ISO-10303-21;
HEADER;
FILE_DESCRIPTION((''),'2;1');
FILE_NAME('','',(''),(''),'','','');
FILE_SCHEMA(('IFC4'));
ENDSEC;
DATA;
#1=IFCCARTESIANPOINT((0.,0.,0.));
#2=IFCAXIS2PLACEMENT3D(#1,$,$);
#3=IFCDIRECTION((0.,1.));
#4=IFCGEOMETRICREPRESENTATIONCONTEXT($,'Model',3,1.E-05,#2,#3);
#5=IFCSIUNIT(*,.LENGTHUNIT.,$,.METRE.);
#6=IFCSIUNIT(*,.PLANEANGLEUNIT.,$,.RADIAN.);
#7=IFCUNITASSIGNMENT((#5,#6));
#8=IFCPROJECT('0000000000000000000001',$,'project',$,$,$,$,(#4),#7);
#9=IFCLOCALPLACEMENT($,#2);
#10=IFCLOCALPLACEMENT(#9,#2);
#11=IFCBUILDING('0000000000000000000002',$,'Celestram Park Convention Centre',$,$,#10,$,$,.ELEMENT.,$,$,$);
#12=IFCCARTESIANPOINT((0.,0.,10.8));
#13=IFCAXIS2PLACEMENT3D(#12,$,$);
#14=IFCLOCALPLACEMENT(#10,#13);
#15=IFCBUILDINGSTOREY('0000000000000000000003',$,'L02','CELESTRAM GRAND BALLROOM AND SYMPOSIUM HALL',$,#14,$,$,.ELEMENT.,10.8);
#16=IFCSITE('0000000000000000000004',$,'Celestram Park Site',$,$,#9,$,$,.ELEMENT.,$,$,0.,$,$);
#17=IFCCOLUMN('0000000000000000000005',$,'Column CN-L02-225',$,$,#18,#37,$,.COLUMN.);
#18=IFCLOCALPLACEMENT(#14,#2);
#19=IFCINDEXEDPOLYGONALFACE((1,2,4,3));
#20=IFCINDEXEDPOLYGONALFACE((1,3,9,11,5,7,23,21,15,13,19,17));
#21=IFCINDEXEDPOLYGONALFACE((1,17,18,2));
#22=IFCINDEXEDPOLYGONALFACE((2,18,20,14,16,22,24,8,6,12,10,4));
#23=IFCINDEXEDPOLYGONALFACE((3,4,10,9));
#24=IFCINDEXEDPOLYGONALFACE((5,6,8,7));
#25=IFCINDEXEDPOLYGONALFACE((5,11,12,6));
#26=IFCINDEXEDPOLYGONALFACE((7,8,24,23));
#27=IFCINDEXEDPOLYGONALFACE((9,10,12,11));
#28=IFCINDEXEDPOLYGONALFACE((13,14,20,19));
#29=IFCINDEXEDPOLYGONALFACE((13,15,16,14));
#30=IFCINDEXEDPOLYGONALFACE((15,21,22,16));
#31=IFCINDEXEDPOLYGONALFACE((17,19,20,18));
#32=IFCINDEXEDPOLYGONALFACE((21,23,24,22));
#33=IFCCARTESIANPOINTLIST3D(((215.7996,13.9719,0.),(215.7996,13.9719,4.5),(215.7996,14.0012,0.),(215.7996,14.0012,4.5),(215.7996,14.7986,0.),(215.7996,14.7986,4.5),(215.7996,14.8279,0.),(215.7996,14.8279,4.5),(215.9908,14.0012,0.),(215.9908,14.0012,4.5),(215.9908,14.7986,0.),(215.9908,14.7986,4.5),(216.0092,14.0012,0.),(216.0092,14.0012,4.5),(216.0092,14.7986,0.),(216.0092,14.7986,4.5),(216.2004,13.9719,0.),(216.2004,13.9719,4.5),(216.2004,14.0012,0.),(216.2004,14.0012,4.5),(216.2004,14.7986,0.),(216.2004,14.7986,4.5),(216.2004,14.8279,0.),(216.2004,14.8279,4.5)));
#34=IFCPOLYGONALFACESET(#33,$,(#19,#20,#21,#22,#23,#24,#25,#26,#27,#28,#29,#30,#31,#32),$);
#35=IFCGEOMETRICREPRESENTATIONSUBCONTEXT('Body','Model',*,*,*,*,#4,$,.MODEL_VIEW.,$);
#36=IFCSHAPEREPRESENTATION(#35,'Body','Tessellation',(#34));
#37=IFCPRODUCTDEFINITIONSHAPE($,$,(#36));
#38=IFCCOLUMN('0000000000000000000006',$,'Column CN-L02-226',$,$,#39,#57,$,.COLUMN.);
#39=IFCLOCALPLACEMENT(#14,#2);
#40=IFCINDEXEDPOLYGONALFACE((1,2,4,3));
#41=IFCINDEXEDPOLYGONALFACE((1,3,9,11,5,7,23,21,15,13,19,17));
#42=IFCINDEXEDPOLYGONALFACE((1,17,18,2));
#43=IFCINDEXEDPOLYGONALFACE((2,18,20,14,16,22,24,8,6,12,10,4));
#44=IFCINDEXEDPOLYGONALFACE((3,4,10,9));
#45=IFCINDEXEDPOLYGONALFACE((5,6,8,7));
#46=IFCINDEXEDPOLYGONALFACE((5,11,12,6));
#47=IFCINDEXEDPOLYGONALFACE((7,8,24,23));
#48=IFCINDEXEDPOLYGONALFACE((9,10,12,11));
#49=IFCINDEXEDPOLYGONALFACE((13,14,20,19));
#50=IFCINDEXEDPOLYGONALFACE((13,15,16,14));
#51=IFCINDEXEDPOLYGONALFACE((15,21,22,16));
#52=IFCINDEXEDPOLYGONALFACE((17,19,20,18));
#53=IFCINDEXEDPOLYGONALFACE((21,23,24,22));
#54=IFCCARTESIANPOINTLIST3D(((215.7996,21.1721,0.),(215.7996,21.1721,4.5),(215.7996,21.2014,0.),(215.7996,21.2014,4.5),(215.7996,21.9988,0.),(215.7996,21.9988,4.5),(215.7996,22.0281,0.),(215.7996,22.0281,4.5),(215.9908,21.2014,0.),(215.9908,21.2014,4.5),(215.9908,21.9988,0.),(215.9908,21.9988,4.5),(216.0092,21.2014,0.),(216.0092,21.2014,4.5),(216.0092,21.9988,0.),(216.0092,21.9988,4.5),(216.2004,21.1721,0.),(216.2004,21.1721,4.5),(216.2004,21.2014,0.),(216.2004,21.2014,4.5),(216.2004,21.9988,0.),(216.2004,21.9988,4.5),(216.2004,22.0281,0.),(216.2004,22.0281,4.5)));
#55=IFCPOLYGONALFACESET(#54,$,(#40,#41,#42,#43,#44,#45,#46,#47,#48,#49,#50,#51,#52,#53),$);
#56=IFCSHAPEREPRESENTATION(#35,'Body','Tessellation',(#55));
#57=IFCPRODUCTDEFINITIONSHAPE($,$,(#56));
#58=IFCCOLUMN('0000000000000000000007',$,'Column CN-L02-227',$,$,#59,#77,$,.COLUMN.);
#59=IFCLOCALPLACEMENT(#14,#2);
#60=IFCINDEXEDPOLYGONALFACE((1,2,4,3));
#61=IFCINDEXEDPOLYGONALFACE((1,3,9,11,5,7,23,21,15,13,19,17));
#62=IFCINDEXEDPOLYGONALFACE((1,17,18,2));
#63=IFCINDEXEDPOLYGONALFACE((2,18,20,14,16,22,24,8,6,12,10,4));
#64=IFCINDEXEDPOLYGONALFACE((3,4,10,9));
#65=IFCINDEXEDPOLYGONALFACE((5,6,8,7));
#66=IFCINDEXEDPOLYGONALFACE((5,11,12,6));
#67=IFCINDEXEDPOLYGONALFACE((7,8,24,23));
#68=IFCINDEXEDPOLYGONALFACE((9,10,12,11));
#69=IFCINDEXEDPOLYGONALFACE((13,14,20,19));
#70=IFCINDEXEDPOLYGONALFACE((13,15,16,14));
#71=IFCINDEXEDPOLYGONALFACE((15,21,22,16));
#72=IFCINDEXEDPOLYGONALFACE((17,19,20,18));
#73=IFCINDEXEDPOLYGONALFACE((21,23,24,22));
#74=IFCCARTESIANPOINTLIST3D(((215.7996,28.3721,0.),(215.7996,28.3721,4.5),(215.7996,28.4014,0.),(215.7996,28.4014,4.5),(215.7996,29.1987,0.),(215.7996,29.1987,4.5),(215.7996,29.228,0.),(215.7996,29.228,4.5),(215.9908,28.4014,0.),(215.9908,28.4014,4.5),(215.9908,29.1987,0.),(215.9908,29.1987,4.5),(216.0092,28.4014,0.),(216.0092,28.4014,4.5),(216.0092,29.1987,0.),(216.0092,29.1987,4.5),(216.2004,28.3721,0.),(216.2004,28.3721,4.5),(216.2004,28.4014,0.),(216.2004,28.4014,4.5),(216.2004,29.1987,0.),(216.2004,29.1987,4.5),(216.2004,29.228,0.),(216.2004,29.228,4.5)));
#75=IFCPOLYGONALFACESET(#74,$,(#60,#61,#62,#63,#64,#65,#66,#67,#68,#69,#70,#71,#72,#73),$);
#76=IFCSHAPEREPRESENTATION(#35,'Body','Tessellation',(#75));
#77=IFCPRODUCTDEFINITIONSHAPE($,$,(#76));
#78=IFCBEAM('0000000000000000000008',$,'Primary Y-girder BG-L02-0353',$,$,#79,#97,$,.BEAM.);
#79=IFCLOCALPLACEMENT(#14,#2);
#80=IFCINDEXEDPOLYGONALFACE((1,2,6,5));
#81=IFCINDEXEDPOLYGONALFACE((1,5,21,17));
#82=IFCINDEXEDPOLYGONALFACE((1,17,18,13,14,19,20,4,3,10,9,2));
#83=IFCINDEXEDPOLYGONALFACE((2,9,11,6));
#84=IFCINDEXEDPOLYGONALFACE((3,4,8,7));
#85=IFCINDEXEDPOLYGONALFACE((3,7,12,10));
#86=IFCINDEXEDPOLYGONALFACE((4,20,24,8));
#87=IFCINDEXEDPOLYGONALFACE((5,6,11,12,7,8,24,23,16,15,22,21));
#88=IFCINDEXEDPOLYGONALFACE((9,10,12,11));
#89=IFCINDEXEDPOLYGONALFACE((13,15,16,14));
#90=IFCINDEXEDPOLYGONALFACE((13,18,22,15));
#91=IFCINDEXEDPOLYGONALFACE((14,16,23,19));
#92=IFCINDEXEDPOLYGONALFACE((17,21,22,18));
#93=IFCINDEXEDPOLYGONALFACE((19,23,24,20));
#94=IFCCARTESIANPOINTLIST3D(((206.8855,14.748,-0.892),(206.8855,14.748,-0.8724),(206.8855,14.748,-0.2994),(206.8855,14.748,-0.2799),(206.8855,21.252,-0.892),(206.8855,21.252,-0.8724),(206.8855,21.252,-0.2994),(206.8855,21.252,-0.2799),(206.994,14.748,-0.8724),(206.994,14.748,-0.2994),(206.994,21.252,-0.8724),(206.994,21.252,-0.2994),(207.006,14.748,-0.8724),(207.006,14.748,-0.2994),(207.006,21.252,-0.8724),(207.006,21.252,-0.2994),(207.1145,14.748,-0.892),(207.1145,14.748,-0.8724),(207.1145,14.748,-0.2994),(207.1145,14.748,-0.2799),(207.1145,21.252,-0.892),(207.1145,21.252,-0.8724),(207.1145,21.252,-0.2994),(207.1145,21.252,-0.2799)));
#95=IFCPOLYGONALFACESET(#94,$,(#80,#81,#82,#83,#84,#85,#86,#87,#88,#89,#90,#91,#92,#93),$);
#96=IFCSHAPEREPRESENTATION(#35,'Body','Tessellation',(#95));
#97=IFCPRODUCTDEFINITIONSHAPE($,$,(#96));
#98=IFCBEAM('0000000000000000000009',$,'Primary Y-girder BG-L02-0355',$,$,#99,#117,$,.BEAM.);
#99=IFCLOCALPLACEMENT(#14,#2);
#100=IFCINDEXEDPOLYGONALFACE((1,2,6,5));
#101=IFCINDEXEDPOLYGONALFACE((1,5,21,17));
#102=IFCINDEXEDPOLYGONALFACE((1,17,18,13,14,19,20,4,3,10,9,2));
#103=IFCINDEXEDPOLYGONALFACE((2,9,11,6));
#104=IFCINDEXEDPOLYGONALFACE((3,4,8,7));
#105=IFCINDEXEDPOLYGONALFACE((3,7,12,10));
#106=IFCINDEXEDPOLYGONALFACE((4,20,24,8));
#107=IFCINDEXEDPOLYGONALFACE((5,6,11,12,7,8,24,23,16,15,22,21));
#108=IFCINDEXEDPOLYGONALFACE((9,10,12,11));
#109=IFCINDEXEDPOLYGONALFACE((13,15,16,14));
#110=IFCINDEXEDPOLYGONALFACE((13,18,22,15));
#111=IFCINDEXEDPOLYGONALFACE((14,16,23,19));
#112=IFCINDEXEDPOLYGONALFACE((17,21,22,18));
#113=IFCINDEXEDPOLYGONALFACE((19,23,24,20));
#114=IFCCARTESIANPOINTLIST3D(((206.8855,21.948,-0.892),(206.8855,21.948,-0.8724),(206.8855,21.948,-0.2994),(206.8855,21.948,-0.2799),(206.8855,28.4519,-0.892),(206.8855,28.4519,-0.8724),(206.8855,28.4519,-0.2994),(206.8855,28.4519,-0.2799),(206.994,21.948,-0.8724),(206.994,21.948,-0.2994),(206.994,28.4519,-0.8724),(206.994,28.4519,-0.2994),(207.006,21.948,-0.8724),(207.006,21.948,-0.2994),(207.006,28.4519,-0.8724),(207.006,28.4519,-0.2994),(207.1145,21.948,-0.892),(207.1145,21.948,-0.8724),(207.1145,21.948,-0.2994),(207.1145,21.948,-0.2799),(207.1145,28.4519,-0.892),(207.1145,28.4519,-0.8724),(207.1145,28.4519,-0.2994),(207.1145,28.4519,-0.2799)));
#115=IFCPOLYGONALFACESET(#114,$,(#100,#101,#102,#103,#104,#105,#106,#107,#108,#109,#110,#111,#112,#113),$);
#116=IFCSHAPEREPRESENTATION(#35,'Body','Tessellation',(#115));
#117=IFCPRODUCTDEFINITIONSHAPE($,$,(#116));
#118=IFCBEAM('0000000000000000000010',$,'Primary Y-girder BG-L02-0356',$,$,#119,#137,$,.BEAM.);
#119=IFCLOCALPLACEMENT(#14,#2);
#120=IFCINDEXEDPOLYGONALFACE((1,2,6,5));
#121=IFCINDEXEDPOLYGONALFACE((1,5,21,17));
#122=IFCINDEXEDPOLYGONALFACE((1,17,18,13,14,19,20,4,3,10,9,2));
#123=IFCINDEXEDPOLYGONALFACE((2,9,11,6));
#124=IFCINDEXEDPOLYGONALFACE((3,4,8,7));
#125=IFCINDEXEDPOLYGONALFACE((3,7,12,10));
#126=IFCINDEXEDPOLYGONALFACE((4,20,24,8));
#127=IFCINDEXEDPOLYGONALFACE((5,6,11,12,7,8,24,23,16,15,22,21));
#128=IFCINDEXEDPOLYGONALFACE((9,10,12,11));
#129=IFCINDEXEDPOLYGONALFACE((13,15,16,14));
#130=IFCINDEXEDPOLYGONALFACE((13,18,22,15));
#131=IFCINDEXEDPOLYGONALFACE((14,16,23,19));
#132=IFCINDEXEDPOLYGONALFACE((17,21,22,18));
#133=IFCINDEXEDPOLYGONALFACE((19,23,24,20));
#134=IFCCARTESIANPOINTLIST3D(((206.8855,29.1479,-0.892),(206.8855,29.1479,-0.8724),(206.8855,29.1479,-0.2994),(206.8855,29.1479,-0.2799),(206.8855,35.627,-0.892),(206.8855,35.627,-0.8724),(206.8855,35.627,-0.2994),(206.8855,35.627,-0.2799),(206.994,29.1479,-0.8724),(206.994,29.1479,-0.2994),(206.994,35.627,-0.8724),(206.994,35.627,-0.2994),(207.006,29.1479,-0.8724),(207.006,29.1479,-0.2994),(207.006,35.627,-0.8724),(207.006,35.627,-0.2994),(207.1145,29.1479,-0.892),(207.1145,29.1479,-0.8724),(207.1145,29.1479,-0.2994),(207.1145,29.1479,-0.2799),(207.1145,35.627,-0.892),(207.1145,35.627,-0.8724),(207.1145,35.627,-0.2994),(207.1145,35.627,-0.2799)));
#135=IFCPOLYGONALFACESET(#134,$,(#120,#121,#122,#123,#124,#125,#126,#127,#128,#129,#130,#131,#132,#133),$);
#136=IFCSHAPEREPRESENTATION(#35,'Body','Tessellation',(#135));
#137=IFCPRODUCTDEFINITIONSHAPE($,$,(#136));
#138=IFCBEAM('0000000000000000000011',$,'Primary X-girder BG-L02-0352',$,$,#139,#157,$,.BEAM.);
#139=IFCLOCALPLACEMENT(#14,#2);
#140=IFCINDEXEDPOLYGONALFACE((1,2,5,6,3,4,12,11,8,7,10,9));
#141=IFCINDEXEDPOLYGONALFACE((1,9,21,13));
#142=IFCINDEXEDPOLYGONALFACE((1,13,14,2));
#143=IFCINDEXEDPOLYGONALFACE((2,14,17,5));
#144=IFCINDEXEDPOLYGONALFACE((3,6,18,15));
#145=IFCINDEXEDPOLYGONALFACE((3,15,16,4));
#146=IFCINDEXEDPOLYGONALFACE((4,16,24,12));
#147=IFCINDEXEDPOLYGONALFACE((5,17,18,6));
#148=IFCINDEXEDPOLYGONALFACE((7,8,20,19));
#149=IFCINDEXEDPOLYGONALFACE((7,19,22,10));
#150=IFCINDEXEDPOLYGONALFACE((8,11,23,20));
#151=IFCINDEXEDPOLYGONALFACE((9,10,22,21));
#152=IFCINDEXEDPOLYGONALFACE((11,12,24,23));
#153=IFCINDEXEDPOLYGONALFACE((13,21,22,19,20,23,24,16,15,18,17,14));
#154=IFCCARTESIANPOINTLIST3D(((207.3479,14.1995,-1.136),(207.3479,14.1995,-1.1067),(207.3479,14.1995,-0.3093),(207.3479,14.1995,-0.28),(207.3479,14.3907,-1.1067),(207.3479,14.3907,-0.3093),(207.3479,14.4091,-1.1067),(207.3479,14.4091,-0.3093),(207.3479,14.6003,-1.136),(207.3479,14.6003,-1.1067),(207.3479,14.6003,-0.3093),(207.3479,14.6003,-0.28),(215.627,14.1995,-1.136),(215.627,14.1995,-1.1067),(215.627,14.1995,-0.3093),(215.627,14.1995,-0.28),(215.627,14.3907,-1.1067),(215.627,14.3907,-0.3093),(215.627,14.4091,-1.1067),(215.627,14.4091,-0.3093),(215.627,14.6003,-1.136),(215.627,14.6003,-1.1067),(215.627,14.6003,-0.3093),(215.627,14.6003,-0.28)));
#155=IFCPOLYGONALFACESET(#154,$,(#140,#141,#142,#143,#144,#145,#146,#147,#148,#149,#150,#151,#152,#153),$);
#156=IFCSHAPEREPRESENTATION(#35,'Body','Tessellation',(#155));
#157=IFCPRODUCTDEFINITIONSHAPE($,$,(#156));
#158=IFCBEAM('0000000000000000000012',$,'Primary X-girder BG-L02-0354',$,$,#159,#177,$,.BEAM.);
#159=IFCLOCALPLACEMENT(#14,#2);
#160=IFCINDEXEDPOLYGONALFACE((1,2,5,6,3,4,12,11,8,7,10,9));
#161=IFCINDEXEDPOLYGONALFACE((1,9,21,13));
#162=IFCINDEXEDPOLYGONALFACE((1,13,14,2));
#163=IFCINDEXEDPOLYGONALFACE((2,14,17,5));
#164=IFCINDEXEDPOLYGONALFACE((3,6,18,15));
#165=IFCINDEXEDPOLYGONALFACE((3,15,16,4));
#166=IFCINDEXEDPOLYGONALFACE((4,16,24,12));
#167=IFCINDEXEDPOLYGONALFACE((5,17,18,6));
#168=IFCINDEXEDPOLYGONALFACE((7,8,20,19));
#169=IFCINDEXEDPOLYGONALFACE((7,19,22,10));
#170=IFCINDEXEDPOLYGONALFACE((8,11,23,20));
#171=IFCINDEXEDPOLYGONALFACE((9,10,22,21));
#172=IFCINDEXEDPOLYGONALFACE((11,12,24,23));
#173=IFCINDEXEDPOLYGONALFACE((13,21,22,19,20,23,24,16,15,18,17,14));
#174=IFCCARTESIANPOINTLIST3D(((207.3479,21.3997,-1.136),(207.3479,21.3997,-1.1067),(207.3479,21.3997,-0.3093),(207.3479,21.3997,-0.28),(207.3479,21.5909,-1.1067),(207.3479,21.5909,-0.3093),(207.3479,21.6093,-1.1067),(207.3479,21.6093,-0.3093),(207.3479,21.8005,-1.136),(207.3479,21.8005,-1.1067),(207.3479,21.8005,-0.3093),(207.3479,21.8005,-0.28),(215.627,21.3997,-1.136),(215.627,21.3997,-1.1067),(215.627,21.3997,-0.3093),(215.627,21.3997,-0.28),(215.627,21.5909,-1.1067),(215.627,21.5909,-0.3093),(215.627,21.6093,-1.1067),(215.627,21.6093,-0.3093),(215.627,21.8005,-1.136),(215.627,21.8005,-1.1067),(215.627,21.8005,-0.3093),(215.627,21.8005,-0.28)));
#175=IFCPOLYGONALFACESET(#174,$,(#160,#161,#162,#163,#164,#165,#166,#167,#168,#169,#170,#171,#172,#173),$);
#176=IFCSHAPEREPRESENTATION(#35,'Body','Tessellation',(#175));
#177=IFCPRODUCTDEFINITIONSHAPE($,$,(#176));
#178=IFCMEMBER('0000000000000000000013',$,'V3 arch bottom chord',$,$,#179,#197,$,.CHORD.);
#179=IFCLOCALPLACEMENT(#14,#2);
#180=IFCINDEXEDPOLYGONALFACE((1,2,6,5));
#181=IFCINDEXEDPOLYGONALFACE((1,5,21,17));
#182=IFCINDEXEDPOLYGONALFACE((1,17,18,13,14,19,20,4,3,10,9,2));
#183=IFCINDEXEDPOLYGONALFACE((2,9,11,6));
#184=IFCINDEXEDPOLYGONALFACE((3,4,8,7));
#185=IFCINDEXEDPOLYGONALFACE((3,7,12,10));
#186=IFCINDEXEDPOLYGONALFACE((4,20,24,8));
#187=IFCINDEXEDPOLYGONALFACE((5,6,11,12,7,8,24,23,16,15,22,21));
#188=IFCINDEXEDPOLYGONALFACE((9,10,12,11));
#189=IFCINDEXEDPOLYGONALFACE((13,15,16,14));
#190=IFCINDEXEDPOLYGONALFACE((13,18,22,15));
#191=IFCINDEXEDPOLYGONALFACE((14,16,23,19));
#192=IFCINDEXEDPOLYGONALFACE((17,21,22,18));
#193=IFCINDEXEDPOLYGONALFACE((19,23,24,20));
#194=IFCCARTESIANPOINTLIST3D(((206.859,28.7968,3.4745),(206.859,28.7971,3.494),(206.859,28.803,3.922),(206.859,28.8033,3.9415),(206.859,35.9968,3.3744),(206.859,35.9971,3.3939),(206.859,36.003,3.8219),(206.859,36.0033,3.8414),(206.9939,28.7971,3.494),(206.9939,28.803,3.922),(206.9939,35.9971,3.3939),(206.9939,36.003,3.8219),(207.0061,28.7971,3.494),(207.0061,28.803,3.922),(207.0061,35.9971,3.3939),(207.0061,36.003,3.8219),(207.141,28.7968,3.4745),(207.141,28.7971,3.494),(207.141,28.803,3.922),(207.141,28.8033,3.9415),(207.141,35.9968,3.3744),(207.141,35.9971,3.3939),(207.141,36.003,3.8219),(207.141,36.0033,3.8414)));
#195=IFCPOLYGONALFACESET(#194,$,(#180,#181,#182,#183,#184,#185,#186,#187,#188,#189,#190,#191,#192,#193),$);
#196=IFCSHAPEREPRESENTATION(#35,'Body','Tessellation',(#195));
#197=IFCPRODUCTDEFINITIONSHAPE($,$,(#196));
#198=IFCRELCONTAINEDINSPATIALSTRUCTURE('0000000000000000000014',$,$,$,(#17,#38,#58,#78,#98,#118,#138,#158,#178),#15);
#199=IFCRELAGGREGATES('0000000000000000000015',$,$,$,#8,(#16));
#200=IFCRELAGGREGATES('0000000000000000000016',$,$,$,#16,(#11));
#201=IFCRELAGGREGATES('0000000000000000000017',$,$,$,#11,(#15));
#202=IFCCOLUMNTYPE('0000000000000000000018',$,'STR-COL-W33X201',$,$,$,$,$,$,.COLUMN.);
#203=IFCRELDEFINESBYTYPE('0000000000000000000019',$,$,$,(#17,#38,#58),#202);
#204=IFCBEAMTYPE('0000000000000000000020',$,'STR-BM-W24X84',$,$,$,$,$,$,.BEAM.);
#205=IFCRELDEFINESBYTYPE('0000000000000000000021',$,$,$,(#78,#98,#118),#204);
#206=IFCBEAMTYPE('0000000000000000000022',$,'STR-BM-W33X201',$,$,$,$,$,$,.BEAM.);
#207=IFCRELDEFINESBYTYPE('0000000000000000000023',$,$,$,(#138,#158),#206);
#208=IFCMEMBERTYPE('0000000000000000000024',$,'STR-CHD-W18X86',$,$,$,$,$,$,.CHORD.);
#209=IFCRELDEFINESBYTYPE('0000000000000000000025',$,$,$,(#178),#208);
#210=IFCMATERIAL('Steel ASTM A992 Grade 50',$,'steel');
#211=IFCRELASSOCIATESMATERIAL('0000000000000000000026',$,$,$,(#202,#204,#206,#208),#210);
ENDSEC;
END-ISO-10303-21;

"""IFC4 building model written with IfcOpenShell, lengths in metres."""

from ifc_helpers import new_model, si_unit, direction, frame, origin, origin_2d, place, context, subcontext, project, spatial, i_section, extrude, material, material_profile, profile_set, type_object, element, save


model = new_model("IFC4")

# Units and contexts
model_context = context("Model", 3, precision=1e-05, world=origin(), true_north=direction((0.0, 1.0)))
body_context = subcontext(model_context, "Body", "Model", "MODEL_VIEW")
ifc_project = project(units=[si_unit("LENGTHUNIT", "METRE"), si_unit("PLANEANGLEUNIT", "RADIAN")], contexts=[model_context])

# Site, building, storey
site_placement = place(None, origin())
site = spatial("IfcSite", under=ifc_project, at=site_placement, Name="Celestram Park Site", CompositionType="ELEMENT", RefElevation=0.0)
building_placement = place(site_placement, origin())
building = spatial("IfcBuilding", under=site, at=building_placement, Name="Celestram Park Convention Centre", CompositionType="ELEMENT")
storey_placement = place(building_placement, frame((0.0, 0.0, 10.8)))
storey = spatial("IfcBuildingStorey", under=building, at=storey_placement, Name="L02", Description="CELESTRAM GRAND BALLROOM AND SYMPOSIUM HALL", CompositionType="ELEMENT", Elevation=10.8)

# Columns
ifc_material_1 = material(Name="Steel ASTM A992 Grade 50", Category="steel")
ifc_material_profile_1 = material_profile(ifc_material_1, i_section(OverallWidth=0.4009, OverallDepth=0.856, WebThickness=0.0183, FlangeThickness=0.0293, at=origin_2d()), Name="W33X201")
ifc_profile_set_1 = profile_set([ifc_material_profile_1], Name="Steel ASTM A992 Grade 50")
column_type = type_object("IfcColumnType", Name="STR-COL-W33X201", PredefinedType="COLUMN", material=ifc_profile_set_1)
for number, where, z_axis, x_axis, name in (
    (1, (216.0, 14.3999, 0.0), (0.0, 0.0, 1.0), (1.0, 0.0, 0.0), "Column CN-L02-225"),
    (2, (216.0, 21.6001, 0.0), (0.0, 0.0, 1.0), (1.0, 0.0, 0.0), "Column CN-L02-226"),
    (3, (216.0, 28.8, 0.0), (0.0, 0.0, 1.0), (1.0, 0.0, 0.0), "Column CN-L02-227"),
):
    element("IfcColumn", number, at=place(storey_placement, frame(where, z_axis=z_axis, x_axis=x_axis)), inside=storey, type_object=column_type, Name=name, PredefinedType="COLUMN", context=body_context, shape_type="SweptSolid", body=[
        extrude(i_section(OverallWidth=0.4009, OverallDepth=0.856, WebThickness=0.0183, FlangeThickness=0.0293, at=origin_2d()), origin(), (0.0, 0.0, 1.0), 4.5),
    ])

# Beams
ifc_material_profile_2 = material_profile(ifc_material_1, i_section(OverallWidth=0.229, OverallDepth=0.6121, WebThickness=0.012, FlangeThickness=0.0195, at=origin_2d()), Name="W24X84")
ifc_profile_set_2 = profile_set([ifc_material_profile_2], Name="Steel ASTM A992 Grade 50")
beam_type_1 = type_object("IfcBeamType", Name="STR-BM-W24X84", PredefinedType="BEAM", material=ifc_profile_set_2)
for number, where, z_axis, x_axis, name in (
    (4, (207.0, 14.748, -0.5859), (0.0, 1.0, 0.0), (-1.0, 0.0, 0.0), "Primary Y-girder BG-L02-0353"),
    (5, (207.0, 21.948, -0.5859), (0.0, 1.0, 0.0), (-1.0, 0.0, 0.0), "Primary Y-girder BG-L02-0355"),
):
    element("IfcBeam", number, at=place(storey_placement, frame(where, z_axis=z_axis, x_axis=x_axis)), inside=storey, type_object=beam_type_1, Name=name, PredefinedType="BEAM", context=body_context, shape_type="SweptSolid", body=[
        extrude(i_section(OverallWidth=0.229, OverallDepth=0.6121, WebThickness=0.012, FlangeThickness=0.0195, at=origin_2d()), origin(), (0.0, 0.0, 1.0), 6.5039),
    ])
beam_1_placement = place(storey_placement, frame((207.0, 29.1479, -0.5859), z_axis=(0.0, 1.0, 0.0), x_axis=(-1.0, 0.0, 0.0)))
element("IfcBeam", 6, at=beam_1_placement, inside=storey, type_object=beam_type_1, Name="Primary Y-girder BG-L02-0356", PredefinedType="BEAM", context=body_context, shape_type="SweptSolid", body=[
    extrude(i_section(OverallWidth=0.229, OverallDepth=0.6121, WebThickness=0.012, FlangeThickness=0.0195, at=origin_2d()), origin(), (0.0, 0.0, 1.0), 6.479),
])
ifc_material_profile_3 = material_profile(ifc_material_1, i_section(OverallWidth=0.4009, OverallDepth=0.856, WebThickness=0.0183, FlangeThickness=0.0293, at=origin_2d()), Name="W33X201")
ifc_profile_set_3 = profile_set([ifc_material_profile_3], Name="Steel ASTM A992 Grade 50")
beam_type_2 = type_object("IfcBeamType", Name="STR-BM-W33X201", PredefinedType="BEAM", material=ifc_profile_set_3)
for number, where, z_axis, x_axis, name in (
    (7, (207.3479, 14.3999, -0.708), (1.0, 0.0, 0.0), (0.0, 1.0, 0.0), "Primary X-girder BG-L02-0352"),
    (8, (207.3479, 21.6001, -0.708), (1.0, 0.0, 0.0), (0.0, 1.0, 0.0), "Primary X-girder BG-L02-0354"),
):
    element("IfcBeam", number, at=place(storey_placement, frame(where, z_axis=z_axis, x_axis=x_axis)), inside=storey, type_object=beam_type_2, Name=name, PredefinedType="BEAM", context=body_context, shape_type="SweptSolid", body=[
        extrude(i_section(OverallWidth=0.4009, OverallDepth=0.856, WebThickness=0.0183, FlangeThickness=0.0293, at=origin_2d()), origin(), (0.0, 0.0, 1.0), 8.2791),
    ])

# Member
ifc_material_profile_4 = material_profile(ifc_material_1, i_section(OverallWidth=0.282, OverallDepth=0.467, WebThickness=0.0122, FlangeThickness=0.0195, at=origin_2d()), Name="W18X86")
ifc_profile_set_4 = profile_set([ifc_material_profile_4], Name="Steel ASTM A992 Grade 50")
member_type = type_object("IfcMemberType", Name="STR-CHD-W18X86", PredefinedType="CHORD", material=ifc_profile_set_4)
for number, where, z_axis, x_axis, name in (
    (9, (207.0, 28.8, 3.708), (0.0, 0.999903, -0.013901), (-1.0, 0.0, 0.0), "V3 arch bottom chord"),
):
    element("IfcMember", number, at=place(storey_placement, frame(where, z_axis=z_axis, x_axis=x_axis)), inside=storey, type_object=member_type, Name=name, PredefinedType="CHORD", context=body_context, shape_type="SweptSolid", body=[
        extrude(i_section(OverallWidth=0.282, OverallDepth=0.467, WebThickness=0.0122, FlangeThickness=0.0195, at=origin_2d()), origin(), (0.0, 0.0, 1.0), 7.2007),
    ])

save(model, "model.ifc")
